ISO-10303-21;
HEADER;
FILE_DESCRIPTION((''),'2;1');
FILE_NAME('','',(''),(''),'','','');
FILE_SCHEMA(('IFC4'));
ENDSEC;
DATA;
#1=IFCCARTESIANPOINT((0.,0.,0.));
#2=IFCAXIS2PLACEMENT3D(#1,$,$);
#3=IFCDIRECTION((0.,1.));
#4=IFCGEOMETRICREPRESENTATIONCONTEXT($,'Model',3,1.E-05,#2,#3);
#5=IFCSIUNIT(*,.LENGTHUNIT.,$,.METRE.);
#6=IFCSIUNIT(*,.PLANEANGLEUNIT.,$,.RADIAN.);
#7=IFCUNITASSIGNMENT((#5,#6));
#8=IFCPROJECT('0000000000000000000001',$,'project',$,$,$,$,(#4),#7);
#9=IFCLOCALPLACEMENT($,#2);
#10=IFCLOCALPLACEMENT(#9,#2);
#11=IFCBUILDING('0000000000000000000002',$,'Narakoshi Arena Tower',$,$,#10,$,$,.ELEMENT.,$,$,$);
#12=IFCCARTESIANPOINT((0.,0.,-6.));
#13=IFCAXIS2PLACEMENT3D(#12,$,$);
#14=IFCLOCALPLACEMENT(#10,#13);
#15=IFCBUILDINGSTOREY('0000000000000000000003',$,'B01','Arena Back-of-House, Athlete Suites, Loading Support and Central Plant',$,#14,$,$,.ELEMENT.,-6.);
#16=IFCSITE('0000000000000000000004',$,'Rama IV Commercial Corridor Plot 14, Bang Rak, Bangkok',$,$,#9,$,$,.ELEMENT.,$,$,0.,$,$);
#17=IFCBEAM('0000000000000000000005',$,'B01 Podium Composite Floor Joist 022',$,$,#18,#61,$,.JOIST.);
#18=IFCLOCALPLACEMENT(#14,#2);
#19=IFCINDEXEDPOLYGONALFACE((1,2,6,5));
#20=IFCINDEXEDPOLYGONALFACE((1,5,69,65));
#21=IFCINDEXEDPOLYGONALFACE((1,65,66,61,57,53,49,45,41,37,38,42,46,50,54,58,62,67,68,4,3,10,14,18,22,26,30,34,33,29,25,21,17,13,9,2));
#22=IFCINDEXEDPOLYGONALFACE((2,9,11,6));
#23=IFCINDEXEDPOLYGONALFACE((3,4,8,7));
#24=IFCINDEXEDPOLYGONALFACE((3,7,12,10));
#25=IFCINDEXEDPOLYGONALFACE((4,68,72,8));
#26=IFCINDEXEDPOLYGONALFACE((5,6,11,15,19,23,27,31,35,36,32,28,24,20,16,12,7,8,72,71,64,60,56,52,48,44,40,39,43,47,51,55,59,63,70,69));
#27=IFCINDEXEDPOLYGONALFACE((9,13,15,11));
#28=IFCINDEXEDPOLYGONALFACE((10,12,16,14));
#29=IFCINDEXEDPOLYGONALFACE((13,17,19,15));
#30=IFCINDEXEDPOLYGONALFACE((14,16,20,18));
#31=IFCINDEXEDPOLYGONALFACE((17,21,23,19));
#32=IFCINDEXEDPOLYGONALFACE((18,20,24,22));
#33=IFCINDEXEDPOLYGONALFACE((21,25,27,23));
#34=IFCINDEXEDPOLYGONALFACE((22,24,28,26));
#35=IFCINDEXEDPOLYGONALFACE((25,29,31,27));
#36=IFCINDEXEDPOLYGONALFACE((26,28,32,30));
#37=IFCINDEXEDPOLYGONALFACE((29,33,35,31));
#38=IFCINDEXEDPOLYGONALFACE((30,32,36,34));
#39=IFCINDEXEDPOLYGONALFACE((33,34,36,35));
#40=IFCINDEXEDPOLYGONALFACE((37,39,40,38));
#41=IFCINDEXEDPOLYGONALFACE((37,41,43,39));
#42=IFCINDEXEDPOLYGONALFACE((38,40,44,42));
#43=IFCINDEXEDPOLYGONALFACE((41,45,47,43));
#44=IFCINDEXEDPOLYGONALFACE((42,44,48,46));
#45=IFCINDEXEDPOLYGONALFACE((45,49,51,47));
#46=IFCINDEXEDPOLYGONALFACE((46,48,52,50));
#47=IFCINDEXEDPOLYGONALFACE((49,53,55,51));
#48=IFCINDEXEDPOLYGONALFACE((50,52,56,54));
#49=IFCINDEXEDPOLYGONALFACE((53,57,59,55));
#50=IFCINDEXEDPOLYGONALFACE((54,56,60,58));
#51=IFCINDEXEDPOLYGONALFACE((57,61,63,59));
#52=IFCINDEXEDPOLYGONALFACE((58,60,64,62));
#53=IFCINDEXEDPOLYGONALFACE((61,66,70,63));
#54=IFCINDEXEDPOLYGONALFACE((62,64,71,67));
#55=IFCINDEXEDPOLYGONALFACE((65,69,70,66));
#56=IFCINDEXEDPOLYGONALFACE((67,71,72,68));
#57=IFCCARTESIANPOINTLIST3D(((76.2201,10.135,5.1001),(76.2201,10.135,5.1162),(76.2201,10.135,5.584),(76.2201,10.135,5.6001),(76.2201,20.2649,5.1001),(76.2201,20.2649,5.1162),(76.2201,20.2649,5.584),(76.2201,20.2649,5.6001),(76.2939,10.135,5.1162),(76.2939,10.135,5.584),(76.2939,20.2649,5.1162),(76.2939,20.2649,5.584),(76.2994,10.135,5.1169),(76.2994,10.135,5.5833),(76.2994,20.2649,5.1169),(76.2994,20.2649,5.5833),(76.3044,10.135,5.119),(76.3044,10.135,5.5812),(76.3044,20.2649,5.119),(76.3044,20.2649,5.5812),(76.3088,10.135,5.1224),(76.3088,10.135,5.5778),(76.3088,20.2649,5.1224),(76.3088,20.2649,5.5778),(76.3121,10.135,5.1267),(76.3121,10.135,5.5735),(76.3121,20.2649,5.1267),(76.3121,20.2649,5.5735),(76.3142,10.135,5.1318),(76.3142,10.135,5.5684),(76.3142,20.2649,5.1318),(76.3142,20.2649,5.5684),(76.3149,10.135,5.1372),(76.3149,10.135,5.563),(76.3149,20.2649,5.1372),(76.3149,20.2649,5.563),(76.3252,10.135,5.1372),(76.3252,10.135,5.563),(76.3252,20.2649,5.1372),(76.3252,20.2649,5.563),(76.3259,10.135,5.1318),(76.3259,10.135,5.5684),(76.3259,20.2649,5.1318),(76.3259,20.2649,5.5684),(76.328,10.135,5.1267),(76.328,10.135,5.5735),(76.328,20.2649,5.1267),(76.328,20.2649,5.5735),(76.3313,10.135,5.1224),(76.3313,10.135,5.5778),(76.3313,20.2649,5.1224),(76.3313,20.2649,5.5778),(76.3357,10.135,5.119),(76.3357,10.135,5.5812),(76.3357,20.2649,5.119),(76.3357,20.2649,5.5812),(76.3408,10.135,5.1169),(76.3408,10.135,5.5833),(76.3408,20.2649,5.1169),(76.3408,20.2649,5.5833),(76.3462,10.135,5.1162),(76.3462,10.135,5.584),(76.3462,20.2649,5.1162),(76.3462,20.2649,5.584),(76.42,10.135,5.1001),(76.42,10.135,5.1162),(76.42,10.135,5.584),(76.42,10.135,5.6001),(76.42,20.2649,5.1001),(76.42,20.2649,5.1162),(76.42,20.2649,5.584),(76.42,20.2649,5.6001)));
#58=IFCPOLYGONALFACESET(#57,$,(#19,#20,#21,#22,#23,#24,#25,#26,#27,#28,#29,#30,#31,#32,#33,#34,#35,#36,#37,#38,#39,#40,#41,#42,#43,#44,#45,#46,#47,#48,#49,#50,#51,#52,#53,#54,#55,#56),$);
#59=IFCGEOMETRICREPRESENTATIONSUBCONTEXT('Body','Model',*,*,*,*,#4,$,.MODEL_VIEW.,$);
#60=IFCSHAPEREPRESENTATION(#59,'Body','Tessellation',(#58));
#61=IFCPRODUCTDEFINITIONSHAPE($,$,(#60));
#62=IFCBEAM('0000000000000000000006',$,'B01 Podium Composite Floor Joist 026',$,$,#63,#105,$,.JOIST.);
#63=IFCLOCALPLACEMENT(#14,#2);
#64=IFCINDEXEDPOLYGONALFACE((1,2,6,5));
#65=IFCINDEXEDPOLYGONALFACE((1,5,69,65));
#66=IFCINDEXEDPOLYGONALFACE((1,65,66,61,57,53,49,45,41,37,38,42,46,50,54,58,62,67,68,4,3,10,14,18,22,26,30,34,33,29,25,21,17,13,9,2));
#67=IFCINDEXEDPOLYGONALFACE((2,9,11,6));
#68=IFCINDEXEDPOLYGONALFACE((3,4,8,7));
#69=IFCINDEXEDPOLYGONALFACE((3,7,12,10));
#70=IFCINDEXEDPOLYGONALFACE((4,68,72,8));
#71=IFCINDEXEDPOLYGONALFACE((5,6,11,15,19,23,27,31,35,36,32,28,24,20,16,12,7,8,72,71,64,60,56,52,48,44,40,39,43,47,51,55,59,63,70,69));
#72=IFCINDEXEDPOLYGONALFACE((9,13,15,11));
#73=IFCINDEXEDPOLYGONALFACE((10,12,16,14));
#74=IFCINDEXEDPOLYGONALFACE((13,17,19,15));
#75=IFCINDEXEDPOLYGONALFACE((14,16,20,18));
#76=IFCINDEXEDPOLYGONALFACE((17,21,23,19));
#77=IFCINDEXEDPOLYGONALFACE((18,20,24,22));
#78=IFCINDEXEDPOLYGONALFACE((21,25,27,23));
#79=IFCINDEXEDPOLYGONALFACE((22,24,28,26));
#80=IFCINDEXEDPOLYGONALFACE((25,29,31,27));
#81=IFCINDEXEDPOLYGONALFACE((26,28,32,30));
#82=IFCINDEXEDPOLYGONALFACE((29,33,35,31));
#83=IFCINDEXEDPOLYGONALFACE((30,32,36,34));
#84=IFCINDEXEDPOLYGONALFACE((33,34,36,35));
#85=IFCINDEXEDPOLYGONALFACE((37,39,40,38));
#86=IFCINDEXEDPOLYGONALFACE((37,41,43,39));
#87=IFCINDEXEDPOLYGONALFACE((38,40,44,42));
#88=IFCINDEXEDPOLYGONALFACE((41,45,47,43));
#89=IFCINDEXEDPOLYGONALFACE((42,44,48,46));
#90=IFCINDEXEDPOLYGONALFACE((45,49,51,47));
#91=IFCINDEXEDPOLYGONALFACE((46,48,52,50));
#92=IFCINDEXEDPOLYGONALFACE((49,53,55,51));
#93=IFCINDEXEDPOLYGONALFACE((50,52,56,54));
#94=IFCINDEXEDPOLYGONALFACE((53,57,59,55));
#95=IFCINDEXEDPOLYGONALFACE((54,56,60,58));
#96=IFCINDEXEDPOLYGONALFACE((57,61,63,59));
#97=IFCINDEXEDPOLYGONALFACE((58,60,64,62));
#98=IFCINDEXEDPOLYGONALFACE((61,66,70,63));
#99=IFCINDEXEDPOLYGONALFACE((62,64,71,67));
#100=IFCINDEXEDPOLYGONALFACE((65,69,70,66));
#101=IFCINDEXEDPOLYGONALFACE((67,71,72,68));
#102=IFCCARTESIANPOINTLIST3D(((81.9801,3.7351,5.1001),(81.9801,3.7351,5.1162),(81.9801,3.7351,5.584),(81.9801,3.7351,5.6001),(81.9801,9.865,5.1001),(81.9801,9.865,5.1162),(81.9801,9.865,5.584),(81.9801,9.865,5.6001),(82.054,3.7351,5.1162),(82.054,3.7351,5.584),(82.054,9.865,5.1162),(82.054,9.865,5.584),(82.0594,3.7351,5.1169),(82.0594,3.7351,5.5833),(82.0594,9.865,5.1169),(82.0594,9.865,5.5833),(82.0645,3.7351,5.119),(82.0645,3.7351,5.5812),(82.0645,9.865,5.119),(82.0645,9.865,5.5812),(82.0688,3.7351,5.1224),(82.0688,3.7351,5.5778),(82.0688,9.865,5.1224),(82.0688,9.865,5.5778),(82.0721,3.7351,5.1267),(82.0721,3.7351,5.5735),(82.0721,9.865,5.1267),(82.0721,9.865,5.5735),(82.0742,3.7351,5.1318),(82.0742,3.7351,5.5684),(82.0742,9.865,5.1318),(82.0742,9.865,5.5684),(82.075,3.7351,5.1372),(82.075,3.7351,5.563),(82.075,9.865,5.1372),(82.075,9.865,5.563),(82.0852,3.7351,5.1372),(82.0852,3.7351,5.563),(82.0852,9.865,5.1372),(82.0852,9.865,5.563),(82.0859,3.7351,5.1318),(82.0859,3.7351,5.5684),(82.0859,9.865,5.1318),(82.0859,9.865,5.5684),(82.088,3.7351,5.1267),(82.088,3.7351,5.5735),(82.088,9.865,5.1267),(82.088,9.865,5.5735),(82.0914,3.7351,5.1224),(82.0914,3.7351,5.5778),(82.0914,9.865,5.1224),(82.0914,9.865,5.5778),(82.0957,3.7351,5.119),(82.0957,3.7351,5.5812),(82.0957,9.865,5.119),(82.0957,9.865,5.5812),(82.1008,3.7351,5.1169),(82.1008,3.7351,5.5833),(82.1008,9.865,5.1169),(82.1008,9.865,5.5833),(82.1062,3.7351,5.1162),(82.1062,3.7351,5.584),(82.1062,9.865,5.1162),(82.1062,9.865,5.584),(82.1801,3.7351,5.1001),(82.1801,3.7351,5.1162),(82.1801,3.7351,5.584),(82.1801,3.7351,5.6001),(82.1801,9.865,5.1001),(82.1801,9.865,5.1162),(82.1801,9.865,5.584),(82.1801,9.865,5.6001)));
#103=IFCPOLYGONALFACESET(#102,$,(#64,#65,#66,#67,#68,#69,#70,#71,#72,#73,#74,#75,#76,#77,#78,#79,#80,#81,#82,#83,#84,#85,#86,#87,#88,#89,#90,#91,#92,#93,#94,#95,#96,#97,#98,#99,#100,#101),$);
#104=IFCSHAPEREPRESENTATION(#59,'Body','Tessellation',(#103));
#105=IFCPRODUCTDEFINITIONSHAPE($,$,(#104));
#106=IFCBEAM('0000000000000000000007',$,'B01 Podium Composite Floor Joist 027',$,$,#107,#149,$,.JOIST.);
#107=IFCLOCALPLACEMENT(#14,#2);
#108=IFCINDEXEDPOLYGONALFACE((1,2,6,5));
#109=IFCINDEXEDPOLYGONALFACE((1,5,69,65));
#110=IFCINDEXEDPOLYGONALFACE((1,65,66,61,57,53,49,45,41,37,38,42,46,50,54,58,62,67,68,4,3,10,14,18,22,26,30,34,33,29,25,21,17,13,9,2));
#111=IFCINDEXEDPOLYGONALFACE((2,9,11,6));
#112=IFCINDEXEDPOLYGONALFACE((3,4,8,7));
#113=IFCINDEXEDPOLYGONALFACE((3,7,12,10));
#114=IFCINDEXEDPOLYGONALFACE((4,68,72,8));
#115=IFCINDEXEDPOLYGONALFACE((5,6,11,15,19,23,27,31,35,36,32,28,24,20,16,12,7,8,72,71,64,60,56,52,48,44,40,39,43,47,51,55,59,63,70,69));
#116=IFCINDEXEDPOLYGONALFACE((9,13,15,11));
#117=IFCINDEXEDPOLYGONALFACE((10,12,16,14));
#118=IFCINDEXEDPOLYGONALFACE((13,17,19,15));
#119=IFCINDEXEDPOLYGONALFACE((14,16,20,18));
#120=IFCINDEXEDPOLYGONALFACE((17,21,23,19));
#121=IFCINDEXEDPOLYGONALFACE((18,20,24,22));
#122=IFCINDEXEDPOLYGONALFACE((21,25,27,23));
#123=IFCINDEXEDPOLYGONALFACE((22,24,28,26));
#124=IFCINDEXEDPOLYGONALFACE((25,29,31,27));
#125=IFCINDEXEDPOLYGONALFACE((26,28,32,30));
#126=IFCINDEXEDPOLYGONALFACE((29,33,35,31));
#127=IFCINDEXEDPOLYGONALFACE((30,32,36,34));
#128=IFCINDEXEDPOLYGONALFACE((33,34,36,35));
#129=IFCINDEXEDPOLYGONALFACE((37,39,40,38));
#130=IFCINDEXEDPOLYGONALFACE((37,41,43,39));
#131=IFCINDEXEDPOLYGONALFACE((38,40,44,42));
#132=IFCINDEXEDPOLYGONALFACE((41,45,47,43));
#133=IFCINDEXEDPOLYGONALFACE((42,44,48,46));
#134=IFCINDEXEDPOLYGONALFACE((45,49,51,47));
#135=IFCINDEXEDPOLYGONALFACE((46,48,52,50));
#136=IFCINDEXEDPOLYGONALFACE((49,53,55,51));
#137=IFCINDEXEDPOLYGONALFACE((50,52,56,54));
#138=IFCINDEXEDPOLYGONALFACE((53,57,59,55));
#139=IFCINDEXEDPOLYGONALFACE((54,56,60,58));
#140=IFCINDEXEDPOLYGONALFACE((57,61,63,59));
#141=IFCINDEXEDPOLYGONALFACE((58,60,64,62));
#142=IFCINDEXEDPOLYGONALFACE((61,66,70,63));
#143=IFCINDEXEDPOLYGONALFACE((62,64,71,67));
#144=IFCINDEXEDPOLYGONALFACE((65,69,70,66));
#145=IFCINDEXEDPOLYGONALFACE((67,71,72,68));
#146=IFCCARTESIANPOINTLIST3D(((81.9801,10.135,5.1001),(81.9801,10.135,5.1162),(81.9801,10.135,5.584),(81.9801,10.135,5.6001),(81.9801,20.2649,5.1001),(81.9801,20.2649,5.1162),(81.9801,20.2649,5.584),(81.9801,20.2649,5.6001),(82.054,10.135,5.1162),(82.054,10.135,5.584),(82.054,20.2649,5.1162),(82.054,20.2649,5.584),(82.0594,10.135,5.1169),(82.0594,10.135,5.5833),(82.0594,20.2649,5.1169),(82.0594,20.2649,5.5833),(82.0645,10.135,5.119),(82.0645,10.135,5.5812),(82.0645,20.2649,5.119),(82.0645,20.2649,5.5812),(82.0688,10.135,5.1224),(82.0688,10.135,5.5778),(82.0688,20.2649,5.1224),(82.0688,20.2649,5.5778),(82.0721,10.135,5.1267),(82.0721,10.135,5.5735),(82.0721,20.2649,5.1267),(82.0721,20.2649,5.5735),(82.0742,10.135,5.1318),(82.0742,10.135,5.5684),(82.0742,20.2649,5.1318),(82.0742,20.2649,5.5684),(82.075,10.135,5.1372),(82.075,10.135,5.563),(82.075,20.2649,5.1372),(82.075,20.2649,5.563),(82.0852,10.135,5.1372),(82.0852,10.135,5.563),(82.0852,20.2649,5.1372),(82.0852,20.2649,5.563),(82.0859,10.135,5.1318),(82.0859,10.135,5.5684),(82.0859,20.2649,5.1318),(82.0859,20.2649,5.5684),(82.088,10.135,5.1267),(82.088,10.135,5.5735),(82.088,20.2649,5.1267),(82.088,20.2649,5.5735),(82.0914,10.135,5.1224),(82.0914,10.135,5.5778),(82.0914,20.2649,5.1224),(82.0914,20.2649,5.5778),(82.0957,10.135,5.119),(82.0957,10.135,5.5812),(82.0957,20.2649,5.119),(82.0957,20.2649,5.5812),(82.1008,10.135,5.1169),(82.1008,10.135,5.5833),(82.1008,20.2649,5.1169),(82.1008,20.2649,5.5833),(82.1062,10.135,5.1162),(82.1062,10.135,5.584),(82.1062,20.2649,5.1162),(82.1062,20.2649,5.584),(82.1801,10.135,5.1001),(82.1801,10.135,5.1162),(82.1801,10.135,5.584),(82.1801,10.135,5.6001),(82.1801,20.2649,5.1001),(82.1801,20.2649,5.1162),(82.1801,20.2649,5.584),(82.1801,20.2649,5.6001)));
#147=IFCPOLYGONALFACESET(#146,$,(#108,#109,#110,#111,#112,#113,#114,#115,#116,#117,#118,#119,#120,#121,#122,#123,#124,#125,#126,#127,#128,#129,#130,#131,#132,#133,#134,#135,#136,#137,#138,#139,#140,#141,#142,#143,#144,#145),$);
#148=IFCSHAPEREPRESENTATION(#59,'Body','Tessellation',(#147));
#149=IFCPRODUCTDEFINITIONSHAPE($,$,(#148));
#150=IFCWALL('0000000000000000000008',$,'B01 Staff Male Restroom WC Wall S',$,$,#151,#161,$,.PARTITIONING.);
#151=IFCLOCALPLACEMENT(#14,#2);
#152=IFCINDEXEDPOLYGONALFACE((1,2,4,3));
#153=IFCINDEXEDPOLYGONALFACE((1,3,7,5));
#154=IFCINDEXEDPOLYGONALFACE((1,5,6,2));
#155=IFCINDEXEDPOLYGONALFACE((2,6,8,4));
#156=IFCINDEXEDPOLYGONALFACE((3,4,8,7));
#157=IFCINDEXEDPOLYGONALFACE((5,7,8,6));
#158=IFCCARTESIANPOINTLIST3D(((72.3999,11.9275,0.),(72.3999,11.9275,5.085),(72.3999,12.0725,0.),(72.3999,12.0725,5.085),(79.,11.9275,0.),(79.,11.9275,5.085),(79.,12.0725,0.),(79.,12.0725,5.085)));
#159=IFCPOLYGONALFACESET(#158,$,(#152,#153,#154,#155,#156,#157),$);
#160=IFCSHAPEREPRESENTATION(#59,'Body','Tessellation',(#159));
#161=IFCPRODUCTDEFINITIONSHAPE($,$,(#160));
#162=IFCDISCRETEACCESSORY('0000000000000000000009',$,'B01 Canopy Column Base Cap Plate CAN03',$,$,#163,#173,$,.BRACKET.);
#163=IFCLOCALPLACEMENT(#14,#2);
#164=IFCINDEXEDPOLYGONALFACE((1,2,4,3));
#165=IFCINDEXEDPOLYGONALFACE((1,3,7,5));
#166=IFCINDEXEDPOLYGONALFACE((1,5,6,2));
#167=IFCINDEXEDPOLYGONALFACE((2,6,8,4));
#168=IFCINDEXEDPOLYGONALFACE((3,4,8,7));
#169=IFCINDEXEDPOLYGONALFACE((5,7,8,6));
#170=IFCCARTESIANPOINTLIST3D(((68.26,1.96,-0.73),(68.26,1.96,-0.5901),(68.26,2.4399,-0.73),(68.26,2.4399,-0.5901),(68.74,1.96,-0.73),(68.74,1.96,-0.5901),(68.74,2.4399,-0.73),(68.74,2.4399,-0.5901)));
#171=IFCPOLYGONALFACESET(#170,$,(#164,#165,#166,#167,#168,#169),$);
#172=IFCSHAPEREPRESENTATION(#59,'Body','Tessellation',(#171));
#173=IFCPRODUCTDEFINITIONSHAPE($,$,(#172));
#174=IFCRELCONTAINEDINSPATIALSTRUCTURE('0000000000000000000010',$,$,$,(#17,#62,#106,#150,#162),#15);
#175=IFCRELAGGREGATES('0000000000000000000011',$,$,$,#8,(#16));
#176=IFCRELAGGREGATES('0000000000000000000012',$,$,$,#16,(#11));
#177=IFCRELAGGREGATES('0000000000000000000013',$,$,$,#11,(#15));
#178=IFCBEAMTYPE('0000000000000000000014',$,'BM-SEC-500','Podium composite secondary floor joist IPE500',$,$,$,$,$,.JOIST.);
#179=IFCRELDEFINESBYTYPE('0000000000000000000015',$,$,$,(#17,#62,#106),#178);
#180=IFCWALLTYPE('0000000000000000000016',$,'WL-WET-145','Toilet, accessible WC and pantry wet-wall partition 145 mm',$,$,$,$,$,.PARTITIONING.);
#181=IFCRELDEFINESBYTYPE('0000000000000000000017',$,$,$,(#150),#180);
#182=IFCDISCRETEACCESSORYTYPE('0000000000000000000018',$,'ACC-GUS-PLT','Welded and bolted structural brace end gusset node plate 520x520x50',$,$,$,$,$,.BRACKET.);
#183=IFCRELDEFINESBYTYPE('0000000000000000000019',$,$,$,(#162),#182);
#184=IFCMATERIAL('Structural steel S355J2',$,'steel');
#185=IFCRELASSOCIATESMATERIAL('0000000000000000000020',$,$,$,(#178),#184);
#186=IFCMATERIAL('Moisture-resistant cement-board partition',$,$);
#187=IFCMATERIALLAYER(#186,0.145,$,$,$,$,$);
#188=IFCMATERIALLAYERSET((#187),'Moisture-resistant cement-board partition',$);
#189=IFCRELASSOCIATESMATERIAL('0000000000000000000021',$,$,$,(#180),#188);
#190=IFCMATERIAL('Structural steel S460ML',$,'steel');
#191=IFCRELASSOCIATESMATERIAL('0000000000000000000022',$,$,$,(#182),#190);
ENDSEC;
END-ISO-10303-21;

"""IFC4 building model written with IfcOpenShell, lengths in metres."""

from ifc_helpers import new_model, si_unit, direction, frame, frame_2d, origin, origin_2d, place, context, subcontext, project, spatial, rectangle, i_section, extrude, material, layer, layer_set, material_profile, profile_set, type_object, element, save


model = new_model("IFC4")

# Units and contexts
model_context = context("Model", 3, precision=1e-05, world=origin(), true_north=direction((0.0, 1.0)))
body_context = subcontext(model_context, "Body", "Model", "MODEL_VIEW")
ifc_project = project(units=[si_unit("LENGTHUNIT", "METRE"), si_unit("PLANEANGLEUNIT", "RADIAN")], contexts=[model_context])

# Site, building, storey
site_placement = place(None, origin())
site = spatial("IfcSite", under=ifc_project, at=site_placement, Name="Rama IV Commercial Corridor Plot 14, Bang Rak, Bangkok", CompositionType="ELEMENT", RefElevation=0.0)
building_placement = place(site_placement, origin())
building = spatial("IfcBuilding", under=site, at=building_placement, Name="Narakoshi Arena Tower", CompositionType="ELEMENT")
storey_placement = place(building_placement, frame((0.0, 0.0, -6.0)))
storey = spatial("IfcBuildingStorey", under=building, at=storey_placement, Name="B01", Description="Arena Back-of-House, Athlete Suites, Loading Support and Central Plant", CompositionType="ELEMENT", Elevation=-6.0)

# Shared definitions
ifc_material_1 = material(Name="Structural steel S355J2", Category="steel")

# Beams
ifc_material_profile_1 = material_profile(ifc_material_1, i_section(OverallWidth=0.2, OverallDepth=0.5, WebThickness=0.0103, FlangeThickness=0.0161, FilletRadius=0.021, at=origin_2d()), Name="IPE500")
ifc_profile_set_1 = profile_set([ifc_material_profile_1], Name="Structural steel S355J2")
beam_type_1 = type_object("IfcBeamType", Name="BM-SEC-500", Description="Podium composite secondary floor joist IPE500", PredefinedType="JOIST", material=ifc_profile_set_1)
beam_1_placement = place(storey_placement, frame((76.3201, 10.135, 5.3501), z_axis=(0.0, 1.0, 0.0), x_axis=(-1.0, 0.0, 0.0)))
element("IfcBeam", 1, at=beam_1_placement, inside=storey, type_object=beam_type_1, Name="B01 Podium Composite Floor Joist 022", PredefinedType="JOIST", context=body_context, shape_type="SweptSolid", body=[
    extrude(i_section(OverallWidth=0.2, OverallDepth=0.5, WebThickness=0.0103, FlangeThickness=0.0161, FilletRadius=0.021, at=origin_2d()), origin(), (0.0, 0.0, 1.0), 10.1299),
])
beam_2_placement = place(storey_placement, frame((82.0801, 3.7351, 5.3501), z_axis=(0.0, 1.0, 0.0), x_axis=(-1.0, 0.0, 0.0)))
element("IfcBeam", 2, at=beam_2_placement, inside=storey, type_object=beam_type_1, Name="B01 Podium Composite Floor Joist 026", PredefinedType="JOIST", context=body_context, shape_type="SweptSolid", body=[
    extrude(i_section(OverallWidth=0.2, OverallDepth=0.5, WebThickness=0.0103, FlangeThickness=0.0161, FilletRadius=0.021, at=origin_2d()), origin(), (0.0, 0.0, 1.0), 6.1299),
])
beam_3_placement = place(storey_placement, frame((82.0801, 10.135, 5.3501), z_axis=(0.0, 1.0, 0.0), x_axis=(-1.0, 0.0, 0.0)))
element("IfcBeam", 3, at=beam_3_placement, inside=storey, type_object=beam_type_1, Name="B01 Podium Composite Floor Joist 027", PredefinedType="JOIST", context=body_context, shape_type="SweptSolid", body=[
    extrude(i_section(OverallWidth=0.2, OverallDepth=0.5, WebThickness=0.0103, FlangeThickness=0.0161, FilletRadius=0.021, at=origin_2d()), origin(), (0.0, 0.0, 1.0), 10.1299),
])

# Wall
ifc_material_2 = material(Name="Moisture-resistant cement-board partition")
ifc_layer_1 = layer(ifc_material_2, 0.145)
ifc_layer_set_1 = layer_set([ifc_layer_1], Name="Moisture-resistant cement-board partition")
wall_type = type_object("IfcWallType", Name="WL-WET-145", Description="Toilet, accessible WC and pantry wet-wall partition 145 mm", PredefinedType="PARTITIONING", material=ifc_layer_set_1)
wall_placement = place(storey_placement, frame((72.3999, 12.0, 0.0), z_axis=(0.0, 0.0, 1.0), x_axis=(1.0, 0.0, 0.0)))
element("IfcWall", 4, at=wall_placement, inside=storey, type_object=wall_type, Name="B01 Staff Male Restroom WC Wall S", PredefinedType="PARTITIONING", context=body_context, shape_type="SweptSolid", body=[
    extrude(rectangle(XDim=6.6001, YDim=0.145, at=frame_2d((3.3, 0.0))), origin(), (0.0, 0.0, 1.0), 5.085),
])

# Discrete accessory
ifc_material_3 = material(Name="Structural steel S460ML", Category="steel")
discrete_accessory_type = type_object("IfcDiscreteAccessoryType", Name="ACC-GUS-PLT", Description="Welded and bolted structural brace end gusset node plate 520x520x50", PredefinedType="BRACKET", material=ifc_material_3)
discrete_accessory_placement = place(storey_placement, frame((68.5, 2.2, -0.73), z_axis=(0.0, 0.0, 1.0), x_axis=(1.0, 0.0, 0.0)))
element("IfcDiscreteAccessory", 5, at=discrete_accessory_placement, inside=storey, type_object=discrete_accessory_type, Name="B01 Canopy Column Base Cap Plate CAN03", PredefinedType="BRACKET", context=body_context, shape_type="SweptSolid", body=[
    extrude(rectangle(XDim=0.48, YDim=0.48, at=origin_2d()), origin(), (0.0, 0.0, 1.0), 0.1399),
])

save(model, "model.ifc")
